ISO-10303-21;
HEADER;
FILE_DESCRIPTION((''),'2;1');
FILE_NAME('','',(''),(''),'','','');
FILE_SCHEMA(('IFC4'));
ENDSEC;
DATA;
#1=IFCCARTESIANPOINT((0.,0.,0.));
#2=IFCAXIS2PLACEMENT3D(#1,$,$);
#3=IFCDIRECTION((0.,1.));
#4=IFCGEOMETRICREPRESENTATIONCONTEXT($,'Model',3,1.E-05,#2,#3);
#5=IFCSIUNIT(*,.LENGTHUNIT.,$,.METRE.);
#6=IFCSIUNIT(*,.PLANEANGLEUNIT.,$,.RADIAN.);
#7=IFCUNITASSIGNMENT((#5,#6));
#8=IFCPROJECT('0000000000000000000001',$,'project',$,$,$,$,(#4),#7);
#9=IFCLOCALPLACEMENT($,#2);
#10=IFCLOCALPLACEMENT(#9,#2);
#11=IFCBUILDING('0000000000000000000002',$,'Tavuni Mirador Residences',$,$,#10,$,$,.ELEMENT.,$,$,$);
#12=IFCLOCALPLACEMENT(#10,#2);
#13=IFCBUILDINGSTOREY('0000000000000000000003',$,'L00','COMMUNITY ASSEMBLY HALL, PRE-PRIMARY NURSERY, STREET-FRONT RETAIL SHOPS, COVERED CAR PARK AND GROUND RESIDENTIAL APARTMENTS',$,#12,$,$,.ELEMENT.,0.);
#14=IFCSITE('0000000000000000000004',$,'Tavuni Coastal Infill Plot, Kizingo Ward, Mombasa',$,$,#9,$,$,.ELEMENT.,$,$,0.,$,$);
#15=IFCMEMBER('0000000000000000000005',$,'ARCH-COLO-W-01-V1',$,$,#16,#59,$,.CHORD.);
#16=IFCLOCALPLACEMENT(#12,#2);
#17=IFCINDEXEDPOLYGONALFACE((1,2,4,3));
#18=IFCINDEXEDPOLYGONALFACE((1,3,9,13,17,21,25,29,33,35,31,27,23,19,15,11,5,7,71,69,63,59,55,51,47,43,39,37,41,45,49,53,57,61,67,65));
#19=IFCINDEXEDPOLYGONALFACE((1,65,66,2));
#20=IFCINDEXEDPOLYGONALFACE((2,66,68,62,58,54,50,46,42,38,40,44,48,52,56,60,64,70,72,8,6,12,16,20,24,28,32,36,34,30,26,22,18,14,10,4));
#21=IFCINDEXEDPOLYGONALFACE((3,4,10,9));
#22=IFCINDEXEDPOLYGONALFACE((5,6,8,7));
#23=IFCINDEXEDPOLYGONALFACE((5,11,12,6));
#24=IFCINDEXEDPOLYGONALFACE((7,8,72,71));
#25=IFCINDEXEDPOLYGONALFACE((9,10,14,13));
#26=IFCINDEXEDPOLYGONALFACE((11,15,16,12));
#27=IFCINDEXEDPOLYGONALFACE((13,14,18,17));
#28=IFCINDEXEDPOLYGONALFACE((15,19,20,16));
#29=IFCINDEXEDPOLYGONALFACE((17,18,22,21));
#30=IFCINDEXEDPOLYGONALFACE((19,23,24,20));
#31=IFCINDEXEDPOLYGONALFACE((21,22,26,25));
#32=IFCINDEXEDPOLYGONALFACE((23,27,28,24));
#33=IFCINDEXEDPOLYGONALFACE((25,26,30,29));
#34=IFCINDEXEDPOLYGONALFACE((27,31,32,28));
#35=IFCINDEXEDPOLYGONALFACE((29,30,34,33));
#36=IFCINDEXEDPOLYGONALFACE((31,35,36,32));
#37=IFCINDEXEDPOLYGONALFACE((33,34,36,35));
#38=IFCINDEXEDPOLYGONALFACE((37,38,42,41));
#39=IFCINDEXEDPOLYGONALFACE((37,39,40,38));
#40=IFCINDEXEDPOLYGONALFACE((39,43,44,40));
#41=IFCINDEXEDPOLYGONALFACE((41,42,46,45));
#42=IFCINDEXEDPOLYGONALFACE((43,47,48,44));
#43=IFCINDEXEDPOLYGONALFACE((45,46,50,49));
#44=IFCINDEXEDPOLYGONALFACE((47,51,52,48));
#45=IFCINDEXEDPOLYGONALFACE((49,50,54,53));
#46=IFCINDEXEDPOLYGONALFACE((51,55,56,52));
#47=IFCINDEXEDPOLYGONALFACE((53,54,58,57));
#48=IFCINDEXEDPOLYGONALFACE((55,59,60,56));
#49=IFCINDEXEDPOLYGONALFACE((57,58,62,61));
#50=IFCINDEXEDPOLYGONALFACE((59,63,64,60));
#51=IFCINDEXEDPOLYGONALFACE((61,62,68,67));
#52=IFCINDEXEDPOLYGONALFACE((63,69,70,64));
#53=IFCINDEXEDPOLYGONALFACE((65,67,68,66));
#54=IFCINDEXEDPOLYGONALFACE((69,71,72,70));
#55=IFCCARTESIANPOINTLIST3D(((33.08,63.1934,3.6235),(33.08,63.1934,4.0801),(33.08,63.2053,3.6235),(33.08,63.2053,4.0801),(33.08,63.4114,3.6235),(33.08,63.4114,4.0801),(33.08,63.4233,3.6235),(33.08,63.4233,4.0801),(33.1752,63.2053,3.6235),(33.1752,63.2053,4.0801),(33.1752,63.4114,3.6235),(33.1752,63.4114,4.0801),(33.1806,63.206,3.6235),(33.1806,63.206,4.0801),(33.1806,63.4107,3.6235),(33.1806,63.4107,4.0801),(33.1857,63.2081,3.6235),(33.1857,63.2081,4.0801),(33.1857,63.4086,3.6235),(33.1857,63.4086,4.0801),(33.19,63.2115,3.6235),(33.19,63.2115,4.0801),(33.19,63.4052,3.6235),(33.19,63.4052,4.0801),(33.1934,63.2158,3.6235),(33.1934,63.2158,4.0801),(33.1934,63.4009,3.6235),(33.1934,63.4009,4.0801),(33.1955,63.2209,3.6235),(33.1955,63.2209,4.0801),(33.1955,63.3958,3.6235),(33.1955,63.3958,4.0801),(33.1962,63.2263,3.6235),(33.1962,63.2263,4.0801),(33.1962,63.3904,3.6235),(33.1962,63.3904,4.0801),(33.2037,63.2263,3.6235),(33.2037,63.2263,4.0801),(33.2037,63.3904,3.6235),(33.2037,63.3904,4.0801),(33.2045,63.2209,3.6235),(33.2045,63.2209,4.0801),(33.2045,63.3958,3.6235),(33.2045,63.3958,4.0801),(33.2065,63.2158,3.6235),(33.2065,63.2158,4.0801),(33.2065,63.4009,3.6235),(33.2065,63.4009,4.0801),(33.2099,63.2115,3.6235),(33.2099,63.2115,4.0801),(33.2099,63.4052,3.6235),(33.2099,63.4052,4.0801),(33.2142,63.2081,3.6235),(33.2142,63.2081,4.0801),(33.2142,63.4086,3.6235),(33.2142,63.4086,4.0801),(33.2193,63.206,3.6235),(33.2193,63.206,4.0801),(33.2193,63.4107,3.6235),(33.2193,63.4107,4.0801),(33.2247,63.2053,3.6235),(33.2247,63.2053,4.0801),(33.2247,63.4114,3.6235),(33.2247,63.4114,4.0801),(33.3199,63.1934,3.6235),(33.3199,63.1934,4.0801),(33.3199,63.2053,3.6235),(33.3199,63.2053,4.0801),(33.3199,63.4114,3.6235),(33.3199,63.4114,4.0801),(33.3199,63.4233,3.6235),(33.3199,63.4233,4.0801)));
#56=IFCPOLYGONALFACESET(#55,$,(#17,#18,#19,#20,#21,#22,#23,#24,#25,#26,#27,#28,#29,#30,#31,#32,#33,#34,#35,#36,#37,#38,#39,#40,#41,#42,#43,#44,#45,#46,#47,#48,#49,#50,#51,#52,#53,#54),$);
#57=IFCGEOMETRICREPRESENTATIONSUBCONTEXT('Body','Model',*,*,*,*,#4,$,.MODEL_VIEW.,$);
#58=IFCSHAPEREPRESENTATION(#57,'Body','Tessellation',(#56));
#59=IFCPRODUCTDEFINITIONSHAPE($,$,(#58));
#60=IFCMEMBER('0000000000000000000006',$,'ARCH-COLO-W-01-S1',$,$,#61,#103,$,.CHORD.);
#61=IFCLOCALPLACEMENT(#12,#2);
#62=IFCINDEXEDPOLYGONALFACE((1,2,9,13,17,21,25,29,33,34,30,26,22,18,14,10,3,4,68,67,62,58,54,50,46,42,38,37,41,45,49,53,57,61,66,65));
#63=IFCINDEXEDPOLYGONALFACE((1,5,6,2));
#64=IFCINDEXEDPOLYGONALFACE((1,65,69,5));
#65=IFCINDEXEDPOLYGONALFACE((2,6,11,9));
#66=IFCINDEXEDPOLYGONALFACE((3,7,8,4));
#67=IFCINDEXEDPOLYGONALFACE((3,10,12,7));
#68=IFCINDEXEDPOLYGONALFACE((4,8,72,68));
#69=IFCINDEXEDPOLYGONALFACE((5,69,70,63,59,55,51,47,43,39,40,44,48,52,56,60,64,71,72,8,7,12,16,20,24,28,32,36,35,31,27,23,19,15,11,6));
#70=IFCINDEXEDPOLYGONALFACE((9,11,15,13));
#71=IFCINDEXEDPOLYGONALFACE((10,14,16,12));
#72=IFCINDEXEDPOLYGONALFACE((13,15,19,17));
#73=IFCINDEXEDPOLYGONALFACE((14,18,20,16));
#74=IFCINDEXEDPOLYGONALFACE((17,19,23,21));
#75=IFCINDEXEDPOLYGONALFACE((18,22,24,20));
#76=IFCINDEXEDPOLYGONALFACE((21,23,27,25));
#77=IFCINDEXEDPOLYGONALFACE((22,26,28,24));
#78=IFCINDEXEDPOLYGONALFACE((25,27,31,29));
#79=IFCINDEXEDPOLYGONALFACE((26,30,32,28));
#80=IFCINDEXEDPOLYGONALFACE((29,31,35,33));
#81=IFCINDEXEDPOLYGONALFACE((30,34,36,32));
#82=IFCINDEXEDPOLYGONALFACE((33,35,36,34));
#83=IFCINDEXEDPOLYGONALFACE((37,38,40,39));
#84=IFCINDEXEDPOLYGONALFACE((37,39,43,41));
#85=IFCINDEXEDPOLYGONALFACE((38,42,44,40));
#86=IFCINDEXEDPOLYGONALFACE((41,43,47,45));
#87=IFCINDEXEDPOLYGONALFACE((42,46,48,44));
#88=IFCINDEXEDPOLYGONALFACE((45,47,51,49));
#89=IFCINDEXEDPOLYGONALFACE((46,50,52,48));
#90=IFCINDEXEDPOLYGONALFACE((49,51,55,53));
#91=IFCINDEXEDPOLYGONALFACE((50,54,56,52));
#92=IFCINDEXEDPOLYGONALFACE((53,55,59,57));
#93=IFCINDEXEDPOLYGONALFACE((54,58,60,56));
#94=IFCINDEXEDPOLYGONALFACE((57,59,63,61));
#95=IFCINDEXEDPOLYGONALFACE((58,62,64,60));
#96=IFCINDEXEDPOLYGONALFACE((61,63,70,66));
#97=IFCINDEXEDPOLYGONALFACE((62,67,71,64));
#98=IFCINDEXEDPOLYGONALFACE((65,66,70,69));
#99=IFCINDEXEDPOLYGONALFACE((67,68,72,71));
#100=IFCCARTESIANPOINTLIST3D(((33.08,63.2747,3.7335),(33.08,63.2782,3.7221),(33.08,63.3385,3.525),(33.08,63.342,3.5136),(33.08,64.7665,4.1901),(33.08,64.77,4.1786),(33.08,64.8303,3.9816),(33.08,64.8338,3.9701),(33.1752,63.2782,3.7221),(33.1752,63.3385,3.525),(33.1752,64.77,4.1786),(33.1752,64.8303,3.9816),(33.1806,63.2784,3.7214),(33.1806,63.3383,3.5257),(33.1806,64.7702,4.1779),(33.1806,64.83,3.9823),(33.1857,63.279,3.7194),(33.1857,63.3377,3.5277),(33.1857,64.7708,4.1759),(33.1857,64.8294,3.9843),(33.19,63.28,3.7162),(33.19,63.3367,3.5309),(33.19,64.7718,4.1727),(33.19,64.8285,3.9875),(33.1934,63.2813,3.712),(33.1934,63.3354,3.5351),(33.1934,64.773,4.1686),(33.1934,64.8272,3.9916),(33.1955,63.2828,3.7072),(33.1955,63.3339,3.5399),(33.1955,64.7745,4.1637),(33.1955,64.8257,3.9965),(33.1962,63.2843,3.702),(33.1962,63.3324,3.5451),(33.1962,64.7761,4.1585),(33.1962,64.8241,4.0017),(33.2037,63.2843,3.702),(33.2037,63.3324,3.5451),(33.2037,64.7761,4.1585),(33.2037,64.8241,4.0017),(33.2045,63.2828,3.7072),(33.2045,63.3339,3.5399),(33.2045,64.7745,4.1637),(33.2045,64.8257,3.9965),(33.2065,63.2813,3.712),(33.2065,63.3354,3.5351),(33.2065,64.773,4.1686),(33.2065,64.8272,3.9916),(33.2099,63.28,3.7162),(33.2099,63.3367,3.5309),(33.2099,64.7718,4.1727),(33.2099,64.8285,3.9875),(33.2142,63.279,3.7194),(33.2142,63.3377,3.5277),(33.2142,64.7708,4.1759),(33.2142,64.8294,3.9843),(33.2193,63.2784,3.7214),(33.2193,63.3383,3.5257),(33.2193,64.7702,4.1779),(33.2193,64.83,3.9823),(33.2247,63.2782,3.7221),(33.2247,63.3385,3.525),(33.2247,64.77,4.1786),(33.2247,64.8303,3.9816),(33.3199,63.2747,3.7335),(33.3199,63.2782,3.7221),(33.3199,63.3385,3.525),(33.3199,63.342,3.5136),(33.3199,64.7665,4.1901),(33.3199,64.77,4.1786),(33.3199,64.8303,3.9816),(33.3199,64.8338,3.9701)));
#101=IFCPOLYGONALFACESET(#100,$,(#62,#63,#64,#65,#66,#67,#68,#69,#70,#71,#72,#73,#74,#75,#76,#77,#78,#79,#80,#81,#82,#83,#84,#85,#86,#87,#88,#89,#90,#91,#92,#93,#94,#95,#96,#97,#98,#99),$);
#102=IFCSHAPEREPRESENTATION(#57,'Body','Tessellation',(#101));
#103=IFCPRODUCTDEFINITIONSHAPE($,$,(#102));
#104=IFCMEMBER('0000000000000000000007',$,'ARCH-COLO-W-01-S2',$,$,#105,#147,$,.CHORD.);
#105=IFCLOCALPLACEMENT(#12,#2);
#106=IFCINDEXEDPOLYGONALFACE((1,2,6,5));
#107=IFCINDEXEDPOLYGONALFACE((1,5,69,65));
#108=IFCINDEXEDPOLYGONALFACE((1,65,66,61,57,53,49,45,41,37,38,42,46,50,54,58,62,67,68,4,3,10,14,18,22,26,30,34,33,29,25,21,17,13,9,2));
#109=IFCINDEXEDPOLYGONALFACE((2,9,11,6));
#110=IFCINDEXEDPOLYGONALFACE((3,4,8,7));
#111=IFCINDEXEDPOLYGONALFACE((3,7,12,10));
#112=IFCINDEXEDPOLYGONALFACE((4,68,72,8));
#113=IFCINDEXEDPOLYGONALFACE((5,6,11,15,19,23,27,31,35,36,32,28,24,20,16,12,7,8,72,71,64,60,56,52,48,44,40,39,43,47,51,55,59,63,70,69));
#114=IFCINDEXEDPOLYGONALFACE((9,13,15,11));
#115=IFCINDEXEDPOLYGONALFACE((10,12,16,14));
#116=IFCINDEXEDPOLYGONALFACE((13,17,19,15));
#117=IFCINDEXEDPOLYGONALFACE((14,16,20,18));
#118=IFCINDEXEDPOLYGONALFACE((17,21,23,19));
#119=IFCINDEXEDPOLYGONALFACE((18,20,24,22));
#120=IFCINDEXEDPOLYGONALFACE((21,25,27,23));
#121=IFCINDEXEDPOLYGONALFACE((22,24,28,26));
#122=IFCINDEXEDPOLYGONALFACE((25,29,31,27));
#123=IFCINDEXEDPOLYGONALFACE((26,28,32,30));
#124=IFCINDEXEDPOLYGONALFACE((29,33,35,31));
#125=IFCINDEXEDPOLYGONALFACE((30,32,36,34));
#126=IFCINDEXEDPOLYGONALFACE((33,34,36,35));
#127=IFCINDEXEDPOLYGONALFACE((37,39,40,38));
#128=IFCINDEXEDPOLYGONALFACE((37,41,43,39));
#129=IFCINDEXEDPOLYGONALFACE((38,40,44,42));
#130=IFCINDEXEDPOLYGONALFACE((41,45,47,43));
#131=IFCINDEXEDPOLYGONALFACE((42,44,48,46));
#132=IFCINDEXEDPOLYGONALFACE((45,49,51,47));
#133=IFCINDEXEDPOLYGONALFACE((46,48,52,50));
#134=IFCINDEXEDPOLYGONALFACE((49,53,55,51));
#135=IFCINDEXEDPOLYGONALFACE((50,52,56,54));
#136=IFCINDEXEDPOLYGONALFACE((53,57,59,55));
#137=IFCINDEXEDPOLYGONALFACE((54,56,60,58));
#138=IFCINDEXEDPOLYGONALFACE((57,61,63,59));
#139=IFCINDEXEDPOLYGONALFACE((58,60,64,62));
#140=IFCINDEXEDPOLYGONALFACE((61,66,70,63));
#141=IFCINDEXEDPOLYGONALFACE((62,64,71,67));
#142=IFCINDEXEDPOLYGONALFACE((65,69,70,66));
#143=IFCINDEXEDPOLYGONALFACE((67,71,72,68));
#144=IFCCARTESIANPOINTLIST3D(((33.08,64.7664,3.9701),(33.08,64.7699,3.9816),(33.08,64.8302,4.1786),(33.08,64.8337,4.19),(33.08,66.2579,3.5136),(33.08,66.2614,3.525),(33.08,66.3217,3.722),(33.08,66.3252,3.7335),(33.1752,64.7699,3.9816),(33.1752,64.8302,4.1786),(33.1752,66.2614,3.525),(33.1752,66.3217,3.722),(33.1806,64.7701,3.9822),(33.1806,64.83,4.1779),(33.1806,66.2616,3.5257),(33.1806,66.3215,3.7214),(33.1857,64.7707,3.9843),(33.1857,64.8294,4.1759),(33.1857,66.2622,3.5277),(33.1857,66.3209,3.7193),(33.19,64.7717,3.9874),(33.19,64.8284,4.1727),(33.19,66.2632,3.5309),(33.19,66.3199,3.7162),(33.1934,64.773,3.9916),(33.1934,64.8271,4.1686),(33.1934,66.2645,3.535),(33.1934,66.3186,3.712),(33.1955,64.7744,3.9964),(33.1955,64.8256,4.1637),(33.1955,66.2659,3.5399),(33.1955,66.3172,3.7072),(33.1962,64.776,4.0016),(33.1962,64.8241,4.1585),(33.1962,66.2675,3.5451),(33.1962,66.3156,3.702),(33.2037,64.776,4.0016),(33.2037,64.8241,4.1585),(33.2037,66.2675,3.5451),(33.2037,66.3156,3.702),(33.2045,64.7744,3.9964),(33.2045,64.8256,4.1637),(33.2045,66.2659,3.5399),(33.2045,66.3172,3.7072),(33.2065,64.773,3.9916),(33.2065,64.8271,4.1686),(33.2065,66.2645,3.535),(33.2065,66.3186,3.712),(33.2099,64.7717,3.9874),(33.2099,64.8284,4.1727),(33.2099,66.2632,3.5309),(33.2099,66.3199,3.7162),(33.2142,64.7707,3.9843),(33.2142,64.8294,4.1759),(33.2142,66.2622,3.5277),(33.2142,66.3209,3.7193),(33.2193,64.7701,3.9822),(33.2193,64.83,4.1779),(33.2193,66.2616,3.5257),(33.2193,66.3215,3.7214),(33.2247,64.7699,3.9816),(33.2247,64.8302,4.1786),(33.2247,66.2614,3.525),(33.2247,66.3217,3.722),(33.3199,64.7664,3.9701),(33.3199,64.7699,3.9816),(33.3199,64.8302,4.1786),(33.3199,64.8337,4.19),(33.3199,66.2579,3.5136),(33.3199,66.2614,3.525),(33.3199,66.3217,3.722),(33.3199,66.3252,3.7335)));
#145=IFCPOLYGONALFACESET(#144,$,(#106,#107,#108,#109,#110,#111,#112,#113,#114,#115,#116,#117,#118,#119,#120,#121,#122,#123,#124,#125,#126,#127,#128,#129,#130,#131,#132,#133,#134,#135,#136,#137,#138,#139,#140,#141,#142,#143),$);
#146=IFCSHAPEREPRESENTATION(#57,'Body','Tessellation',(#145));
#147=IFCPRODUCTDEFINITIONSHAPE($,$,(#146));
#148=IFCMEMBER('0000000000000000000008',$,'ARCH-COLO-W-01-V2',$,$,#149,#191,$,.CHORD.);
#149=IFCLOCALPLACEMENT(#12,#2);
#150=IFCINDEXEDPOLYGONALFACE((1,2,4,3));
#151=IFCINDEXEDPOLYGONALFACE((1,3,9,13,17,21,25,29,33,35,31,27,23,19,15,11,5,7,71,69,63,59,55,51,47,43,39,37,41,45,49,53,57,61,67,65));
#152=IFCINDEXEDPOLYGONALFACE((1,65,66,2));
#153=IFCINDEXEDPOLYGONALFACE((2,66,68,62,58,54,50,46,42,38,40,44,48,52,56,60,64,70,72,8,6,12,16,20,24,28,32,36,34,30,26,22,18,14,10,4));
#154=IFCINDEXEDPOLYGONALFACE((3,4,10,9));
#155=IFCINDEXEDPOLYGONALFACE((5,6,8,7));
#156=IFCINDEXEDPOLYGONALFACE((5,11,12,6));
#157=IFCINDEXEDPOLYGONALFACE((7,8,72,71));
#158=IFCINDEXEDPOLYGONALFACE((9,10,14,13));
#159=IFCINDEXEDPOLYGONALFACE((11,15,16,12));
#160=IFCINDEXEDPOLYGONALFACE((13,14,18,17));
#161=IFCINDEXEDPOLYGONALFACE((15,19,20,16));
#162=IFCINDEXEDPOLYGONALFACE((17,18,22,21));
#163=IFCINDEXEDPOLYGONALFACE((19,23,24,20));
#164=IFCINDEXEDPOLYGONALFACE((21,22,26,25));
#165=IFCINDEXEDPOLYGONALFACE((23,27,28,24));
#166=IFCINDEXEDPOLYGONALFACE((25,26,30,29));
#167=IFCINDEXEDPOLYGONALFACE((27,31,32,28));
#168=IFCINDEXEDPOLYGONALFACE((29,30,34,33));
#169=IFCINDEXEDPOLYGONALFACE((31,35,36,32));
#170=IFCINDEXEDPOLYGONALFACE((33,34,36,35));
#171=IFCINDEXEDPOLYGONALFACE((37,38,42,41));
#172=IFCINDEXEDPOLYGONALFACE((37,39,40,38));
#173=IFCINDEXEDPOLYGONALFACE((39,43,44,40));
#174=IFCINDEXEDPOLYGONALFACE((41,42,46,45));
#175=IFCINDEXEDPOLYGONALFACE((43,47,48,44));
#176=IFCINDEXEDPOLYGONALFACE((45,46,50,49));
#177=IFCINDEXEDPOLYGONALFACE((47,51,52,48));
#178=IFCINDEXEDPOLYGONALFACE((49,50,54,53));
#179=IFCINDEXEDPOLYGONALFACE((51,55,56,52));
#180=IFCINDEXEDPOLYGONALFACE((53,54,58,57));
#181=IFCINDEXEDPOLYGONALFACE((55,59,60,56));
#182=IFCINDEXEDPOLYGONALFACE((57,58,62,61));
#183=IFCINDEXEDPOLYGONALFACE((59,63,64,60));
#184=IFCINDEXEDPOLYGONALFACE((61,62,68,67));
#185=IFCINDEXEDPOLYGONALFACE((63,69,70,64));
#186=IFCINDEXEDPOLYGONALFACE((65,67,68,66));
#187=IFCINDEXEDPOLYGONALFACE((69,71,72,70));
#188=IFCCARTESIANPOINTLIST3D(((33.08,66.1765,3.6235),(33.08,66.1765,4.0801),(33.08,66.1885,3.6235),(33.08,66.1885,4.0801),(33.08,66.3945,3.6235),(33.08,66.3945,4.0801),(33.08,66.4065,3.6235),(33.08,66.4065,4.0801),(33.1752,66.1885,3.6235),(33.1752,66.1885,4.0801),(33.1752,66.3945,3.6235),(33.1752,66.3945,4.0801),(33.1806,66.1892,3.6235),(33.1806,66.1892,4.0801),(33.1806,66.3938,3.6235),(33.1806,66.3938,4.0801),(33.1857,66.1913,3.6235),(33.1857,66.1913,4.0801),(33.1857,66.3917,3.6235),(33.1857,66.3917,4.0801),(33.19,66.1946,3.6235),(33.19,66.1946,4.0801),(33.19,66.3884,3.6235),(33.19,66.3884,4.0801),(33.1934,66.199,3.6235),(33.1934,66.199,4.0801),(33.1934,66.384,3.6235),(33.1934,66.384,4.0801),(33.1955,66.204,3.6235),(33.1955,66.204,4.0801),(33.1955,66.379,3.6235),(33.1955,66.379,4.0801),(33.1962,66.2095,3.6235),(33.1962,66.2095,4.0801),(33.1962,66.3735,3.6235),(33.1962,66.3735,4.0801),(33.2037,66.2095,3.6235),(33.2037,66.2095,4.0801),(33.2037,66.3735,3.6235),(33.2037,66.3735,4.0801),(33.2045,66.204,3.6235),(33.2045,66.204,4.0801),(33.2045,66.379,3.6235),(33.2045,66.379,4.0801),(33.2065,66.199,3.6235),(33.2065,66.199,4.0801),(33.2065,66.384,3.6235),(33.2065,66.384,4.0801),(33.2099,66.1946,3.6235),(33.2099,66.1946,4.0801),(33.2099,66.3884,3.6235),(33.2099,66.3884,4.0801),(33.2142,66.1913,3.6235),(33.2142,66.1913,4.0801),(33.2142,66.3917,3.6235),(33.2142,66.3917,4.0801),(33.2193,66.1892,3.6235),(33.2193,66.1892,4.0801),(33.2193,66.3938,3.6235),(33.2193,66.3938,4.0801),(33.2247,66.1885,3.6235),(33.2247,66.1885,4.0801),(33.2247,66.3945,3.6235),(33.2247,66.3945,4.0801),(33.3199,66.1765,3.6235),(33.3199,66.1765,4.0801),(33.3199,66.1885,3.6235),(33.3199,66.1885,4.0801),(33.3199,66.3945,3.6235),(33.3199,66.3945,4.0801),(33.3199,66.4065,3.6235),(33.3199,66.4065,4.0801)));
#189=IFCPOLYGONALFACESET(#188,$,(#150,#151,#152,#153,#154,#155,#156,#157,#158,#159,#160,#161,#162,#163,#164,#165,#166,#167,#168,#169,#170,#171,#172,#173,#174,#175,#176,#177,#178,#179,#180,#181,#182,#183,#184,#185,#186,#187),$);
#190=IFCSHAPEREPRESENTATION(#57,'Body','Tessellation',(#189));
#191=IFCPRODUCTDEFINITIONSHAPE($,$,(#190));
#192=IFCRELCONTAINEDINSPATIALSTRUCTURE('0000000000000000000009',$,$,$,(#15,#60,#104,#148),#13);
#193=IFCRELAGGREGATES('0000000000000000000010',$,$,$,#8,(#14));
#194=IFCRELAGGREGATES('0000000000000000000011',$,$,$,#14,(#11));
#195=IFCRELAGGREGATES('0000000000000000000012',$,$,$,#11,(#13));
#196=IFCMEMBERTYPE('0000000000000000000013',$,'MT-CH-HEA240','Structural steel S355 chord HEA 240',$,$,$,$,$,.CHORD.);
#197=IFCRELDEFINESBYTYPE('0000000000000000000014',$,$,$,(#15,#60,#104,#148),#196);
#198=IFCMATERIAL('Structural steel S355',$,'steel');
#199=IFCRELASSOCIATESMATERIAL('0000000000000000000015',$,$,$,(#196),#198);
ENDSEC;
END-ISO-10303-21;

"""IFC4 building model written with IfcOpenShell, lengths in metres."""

from ifc_helpers import new_model, si_unit, direction, frame, origin, origin_2d, place, context, subcontext, project, spatial, i_section, extrude, material, material_profile, profile_set, type_object, element, save


model = new_model("IFC4")

# Units and contexts
model_context = context("Model", 3, precision=1e-05, world=origin(), true_north=direction((0.0, 1.0)))
body_context = subcontext(model_context, "Body", "Model", "MODEL_VIEW")
ifc_project = project(units=[si_unit("LENGTHUNIT", "METRE"), si_unit("PLANEANGLEUNIT", "RADIAN")], contexts=[model_context])

# Site, building, storey
site_placement = place(None, origin())
site = spatial("IfcSite", under=ifc_project, at=site_placement, Name="Tavuni Coastal Infill Plot, Kizingo Ward, Mombasa", CompositionType="ELEMENT", RefElevation=0.0)
building_placement = place(site_placement, origin())
building = spatial("IfcBuilding", under=site, at=building_placement, Name="Tavuni Mirador Residences", CompositionType="ELEMENT")
storey_placement = place(building_placement, origin())
storey = spatial("IfcBuildingStorey", under=building, at=storey_placement, Name="L00", Description="COMMUNITY ASSEMBLY HALL, PRE-PRIMARY NURSERY, STREET-FRONT RETAIL SHOPS, COVERED CAR PARK AND GROUND RESIDENTIAL APARTMENTS", CompositionType="ELEMENT", Elevation=0.0)

# Members
ifc_material_1 = material(Name="Structural steel S355", Category="steel")
ifc_material_profile_1 = material_profile(ifc_material_1, i_section(OverallWidth=0.24, OverallDepth=0.23, WebThickness=0.0076, FlangeThickness=0.012, FilletRadius=0.021, at=origin_2d()), Name="HEA 240", Category="steel")
ifc_profile_set_1 = profile_set([ifc_material_profile_1], Name="Structural steel S355")
member_type_1 = type_object("IfcMemberType", Name="MT-CH-HEA240", Description="Structural steel S355 chord HEA 240", PredefinedType="CHORD", material=ifc_profile_set_1)
member_1_placement = place(storey_placement, frame((33.2, 63.3083, 3.6235), z_axis=(0.0, 0.0, 1.0), x_axis=(1.0, 0.0, 0.0)))
element("IfcMember", 1, at=member_1_placement, inside=storey, type_object=member_type_1, Name="ARCH-COLO-W-01-V1", PredefinedType="CHORD", context=body_context, shape_type="SweptSolid", body=[
    extrude(i_section(OverallWidth=0.24, OverallDepth=0.23, WebThickness=0.0076, FlangeThickness=0.012, FilletRadius=0.021, at=origin_2d()), origin(), (0.0, 0.0, 1.0), 0.4565),
])
member_2_placement = place(storey_placement, frame((33.2, 63.3083, 3.6235), z_axis=(0.0, 0.956218, 0.292656), x_axis=(-1.0, 0.0, 0.0)))
element("IfcMember", 2, at=member_2_placement, inside=storey, type_object=member_type_1, Name="ARCH-COLO-W-01-S1", PredefinedType="CHORD", context=body_context, shape_type="SweptSolid", body=[
    extrude(i_section(OverallWidth=0.24, OverallDepth=0.23, WebThickness=0.0076, FlangeThickness=0.012, FilletRadius=0.021, at=origin_2d()), origin(), (0.0, 0.0, 1.0), 1.5601),
])
member_3_placement = place(storey_placement, frame((33.2, 64.8, 4.0801), z_axis=(0.0, 0.956204, -0.2927), x_axis=(-1.0, 0.0, 0.0)))
element("IfcMember", 3, at=member_3_placement, inside=storey, type_object=member_type_1, Name="ARCH-COLO-W-01-S2", PredefinedType="CHORD", context=body_context, shape_type="SweptSolid", body=[
    extrude(i_section(OverallWidth=0.24, OverallDepth=0.23, WebThickness=0.0076, FlangeThickness=0.012, FilletRadius=0.021, at=origin_2d()), origin(), (0.0, 0.0, 1.0), 1.5598),
])
member_4_placement = place(storey_placement, frame((33.2, 66.2915, 3.6235), z_axis=(0.0, 0.0, 1.0), x_axis=(1.0, 0.0, 0.0)))
element("IfcMember", 4, at=member_4_placement, inside=storey, type_object=member_type_1, Name="ARCH-COLO-W-01-V2", PredefinedType="CHORD", context=body_context, shape_type="SweptSolid", body=[
    extrude(i_section(OverallWidth=0.24, OverallDepth=0.23, WebThickness=0.0076, FlangeThickness=0.012, FilletRadius=0.021, at=origin_2d()), origin(), (0.0, 0.0, 1.0), 0.4565),
])

save(model, "model.ifc")
